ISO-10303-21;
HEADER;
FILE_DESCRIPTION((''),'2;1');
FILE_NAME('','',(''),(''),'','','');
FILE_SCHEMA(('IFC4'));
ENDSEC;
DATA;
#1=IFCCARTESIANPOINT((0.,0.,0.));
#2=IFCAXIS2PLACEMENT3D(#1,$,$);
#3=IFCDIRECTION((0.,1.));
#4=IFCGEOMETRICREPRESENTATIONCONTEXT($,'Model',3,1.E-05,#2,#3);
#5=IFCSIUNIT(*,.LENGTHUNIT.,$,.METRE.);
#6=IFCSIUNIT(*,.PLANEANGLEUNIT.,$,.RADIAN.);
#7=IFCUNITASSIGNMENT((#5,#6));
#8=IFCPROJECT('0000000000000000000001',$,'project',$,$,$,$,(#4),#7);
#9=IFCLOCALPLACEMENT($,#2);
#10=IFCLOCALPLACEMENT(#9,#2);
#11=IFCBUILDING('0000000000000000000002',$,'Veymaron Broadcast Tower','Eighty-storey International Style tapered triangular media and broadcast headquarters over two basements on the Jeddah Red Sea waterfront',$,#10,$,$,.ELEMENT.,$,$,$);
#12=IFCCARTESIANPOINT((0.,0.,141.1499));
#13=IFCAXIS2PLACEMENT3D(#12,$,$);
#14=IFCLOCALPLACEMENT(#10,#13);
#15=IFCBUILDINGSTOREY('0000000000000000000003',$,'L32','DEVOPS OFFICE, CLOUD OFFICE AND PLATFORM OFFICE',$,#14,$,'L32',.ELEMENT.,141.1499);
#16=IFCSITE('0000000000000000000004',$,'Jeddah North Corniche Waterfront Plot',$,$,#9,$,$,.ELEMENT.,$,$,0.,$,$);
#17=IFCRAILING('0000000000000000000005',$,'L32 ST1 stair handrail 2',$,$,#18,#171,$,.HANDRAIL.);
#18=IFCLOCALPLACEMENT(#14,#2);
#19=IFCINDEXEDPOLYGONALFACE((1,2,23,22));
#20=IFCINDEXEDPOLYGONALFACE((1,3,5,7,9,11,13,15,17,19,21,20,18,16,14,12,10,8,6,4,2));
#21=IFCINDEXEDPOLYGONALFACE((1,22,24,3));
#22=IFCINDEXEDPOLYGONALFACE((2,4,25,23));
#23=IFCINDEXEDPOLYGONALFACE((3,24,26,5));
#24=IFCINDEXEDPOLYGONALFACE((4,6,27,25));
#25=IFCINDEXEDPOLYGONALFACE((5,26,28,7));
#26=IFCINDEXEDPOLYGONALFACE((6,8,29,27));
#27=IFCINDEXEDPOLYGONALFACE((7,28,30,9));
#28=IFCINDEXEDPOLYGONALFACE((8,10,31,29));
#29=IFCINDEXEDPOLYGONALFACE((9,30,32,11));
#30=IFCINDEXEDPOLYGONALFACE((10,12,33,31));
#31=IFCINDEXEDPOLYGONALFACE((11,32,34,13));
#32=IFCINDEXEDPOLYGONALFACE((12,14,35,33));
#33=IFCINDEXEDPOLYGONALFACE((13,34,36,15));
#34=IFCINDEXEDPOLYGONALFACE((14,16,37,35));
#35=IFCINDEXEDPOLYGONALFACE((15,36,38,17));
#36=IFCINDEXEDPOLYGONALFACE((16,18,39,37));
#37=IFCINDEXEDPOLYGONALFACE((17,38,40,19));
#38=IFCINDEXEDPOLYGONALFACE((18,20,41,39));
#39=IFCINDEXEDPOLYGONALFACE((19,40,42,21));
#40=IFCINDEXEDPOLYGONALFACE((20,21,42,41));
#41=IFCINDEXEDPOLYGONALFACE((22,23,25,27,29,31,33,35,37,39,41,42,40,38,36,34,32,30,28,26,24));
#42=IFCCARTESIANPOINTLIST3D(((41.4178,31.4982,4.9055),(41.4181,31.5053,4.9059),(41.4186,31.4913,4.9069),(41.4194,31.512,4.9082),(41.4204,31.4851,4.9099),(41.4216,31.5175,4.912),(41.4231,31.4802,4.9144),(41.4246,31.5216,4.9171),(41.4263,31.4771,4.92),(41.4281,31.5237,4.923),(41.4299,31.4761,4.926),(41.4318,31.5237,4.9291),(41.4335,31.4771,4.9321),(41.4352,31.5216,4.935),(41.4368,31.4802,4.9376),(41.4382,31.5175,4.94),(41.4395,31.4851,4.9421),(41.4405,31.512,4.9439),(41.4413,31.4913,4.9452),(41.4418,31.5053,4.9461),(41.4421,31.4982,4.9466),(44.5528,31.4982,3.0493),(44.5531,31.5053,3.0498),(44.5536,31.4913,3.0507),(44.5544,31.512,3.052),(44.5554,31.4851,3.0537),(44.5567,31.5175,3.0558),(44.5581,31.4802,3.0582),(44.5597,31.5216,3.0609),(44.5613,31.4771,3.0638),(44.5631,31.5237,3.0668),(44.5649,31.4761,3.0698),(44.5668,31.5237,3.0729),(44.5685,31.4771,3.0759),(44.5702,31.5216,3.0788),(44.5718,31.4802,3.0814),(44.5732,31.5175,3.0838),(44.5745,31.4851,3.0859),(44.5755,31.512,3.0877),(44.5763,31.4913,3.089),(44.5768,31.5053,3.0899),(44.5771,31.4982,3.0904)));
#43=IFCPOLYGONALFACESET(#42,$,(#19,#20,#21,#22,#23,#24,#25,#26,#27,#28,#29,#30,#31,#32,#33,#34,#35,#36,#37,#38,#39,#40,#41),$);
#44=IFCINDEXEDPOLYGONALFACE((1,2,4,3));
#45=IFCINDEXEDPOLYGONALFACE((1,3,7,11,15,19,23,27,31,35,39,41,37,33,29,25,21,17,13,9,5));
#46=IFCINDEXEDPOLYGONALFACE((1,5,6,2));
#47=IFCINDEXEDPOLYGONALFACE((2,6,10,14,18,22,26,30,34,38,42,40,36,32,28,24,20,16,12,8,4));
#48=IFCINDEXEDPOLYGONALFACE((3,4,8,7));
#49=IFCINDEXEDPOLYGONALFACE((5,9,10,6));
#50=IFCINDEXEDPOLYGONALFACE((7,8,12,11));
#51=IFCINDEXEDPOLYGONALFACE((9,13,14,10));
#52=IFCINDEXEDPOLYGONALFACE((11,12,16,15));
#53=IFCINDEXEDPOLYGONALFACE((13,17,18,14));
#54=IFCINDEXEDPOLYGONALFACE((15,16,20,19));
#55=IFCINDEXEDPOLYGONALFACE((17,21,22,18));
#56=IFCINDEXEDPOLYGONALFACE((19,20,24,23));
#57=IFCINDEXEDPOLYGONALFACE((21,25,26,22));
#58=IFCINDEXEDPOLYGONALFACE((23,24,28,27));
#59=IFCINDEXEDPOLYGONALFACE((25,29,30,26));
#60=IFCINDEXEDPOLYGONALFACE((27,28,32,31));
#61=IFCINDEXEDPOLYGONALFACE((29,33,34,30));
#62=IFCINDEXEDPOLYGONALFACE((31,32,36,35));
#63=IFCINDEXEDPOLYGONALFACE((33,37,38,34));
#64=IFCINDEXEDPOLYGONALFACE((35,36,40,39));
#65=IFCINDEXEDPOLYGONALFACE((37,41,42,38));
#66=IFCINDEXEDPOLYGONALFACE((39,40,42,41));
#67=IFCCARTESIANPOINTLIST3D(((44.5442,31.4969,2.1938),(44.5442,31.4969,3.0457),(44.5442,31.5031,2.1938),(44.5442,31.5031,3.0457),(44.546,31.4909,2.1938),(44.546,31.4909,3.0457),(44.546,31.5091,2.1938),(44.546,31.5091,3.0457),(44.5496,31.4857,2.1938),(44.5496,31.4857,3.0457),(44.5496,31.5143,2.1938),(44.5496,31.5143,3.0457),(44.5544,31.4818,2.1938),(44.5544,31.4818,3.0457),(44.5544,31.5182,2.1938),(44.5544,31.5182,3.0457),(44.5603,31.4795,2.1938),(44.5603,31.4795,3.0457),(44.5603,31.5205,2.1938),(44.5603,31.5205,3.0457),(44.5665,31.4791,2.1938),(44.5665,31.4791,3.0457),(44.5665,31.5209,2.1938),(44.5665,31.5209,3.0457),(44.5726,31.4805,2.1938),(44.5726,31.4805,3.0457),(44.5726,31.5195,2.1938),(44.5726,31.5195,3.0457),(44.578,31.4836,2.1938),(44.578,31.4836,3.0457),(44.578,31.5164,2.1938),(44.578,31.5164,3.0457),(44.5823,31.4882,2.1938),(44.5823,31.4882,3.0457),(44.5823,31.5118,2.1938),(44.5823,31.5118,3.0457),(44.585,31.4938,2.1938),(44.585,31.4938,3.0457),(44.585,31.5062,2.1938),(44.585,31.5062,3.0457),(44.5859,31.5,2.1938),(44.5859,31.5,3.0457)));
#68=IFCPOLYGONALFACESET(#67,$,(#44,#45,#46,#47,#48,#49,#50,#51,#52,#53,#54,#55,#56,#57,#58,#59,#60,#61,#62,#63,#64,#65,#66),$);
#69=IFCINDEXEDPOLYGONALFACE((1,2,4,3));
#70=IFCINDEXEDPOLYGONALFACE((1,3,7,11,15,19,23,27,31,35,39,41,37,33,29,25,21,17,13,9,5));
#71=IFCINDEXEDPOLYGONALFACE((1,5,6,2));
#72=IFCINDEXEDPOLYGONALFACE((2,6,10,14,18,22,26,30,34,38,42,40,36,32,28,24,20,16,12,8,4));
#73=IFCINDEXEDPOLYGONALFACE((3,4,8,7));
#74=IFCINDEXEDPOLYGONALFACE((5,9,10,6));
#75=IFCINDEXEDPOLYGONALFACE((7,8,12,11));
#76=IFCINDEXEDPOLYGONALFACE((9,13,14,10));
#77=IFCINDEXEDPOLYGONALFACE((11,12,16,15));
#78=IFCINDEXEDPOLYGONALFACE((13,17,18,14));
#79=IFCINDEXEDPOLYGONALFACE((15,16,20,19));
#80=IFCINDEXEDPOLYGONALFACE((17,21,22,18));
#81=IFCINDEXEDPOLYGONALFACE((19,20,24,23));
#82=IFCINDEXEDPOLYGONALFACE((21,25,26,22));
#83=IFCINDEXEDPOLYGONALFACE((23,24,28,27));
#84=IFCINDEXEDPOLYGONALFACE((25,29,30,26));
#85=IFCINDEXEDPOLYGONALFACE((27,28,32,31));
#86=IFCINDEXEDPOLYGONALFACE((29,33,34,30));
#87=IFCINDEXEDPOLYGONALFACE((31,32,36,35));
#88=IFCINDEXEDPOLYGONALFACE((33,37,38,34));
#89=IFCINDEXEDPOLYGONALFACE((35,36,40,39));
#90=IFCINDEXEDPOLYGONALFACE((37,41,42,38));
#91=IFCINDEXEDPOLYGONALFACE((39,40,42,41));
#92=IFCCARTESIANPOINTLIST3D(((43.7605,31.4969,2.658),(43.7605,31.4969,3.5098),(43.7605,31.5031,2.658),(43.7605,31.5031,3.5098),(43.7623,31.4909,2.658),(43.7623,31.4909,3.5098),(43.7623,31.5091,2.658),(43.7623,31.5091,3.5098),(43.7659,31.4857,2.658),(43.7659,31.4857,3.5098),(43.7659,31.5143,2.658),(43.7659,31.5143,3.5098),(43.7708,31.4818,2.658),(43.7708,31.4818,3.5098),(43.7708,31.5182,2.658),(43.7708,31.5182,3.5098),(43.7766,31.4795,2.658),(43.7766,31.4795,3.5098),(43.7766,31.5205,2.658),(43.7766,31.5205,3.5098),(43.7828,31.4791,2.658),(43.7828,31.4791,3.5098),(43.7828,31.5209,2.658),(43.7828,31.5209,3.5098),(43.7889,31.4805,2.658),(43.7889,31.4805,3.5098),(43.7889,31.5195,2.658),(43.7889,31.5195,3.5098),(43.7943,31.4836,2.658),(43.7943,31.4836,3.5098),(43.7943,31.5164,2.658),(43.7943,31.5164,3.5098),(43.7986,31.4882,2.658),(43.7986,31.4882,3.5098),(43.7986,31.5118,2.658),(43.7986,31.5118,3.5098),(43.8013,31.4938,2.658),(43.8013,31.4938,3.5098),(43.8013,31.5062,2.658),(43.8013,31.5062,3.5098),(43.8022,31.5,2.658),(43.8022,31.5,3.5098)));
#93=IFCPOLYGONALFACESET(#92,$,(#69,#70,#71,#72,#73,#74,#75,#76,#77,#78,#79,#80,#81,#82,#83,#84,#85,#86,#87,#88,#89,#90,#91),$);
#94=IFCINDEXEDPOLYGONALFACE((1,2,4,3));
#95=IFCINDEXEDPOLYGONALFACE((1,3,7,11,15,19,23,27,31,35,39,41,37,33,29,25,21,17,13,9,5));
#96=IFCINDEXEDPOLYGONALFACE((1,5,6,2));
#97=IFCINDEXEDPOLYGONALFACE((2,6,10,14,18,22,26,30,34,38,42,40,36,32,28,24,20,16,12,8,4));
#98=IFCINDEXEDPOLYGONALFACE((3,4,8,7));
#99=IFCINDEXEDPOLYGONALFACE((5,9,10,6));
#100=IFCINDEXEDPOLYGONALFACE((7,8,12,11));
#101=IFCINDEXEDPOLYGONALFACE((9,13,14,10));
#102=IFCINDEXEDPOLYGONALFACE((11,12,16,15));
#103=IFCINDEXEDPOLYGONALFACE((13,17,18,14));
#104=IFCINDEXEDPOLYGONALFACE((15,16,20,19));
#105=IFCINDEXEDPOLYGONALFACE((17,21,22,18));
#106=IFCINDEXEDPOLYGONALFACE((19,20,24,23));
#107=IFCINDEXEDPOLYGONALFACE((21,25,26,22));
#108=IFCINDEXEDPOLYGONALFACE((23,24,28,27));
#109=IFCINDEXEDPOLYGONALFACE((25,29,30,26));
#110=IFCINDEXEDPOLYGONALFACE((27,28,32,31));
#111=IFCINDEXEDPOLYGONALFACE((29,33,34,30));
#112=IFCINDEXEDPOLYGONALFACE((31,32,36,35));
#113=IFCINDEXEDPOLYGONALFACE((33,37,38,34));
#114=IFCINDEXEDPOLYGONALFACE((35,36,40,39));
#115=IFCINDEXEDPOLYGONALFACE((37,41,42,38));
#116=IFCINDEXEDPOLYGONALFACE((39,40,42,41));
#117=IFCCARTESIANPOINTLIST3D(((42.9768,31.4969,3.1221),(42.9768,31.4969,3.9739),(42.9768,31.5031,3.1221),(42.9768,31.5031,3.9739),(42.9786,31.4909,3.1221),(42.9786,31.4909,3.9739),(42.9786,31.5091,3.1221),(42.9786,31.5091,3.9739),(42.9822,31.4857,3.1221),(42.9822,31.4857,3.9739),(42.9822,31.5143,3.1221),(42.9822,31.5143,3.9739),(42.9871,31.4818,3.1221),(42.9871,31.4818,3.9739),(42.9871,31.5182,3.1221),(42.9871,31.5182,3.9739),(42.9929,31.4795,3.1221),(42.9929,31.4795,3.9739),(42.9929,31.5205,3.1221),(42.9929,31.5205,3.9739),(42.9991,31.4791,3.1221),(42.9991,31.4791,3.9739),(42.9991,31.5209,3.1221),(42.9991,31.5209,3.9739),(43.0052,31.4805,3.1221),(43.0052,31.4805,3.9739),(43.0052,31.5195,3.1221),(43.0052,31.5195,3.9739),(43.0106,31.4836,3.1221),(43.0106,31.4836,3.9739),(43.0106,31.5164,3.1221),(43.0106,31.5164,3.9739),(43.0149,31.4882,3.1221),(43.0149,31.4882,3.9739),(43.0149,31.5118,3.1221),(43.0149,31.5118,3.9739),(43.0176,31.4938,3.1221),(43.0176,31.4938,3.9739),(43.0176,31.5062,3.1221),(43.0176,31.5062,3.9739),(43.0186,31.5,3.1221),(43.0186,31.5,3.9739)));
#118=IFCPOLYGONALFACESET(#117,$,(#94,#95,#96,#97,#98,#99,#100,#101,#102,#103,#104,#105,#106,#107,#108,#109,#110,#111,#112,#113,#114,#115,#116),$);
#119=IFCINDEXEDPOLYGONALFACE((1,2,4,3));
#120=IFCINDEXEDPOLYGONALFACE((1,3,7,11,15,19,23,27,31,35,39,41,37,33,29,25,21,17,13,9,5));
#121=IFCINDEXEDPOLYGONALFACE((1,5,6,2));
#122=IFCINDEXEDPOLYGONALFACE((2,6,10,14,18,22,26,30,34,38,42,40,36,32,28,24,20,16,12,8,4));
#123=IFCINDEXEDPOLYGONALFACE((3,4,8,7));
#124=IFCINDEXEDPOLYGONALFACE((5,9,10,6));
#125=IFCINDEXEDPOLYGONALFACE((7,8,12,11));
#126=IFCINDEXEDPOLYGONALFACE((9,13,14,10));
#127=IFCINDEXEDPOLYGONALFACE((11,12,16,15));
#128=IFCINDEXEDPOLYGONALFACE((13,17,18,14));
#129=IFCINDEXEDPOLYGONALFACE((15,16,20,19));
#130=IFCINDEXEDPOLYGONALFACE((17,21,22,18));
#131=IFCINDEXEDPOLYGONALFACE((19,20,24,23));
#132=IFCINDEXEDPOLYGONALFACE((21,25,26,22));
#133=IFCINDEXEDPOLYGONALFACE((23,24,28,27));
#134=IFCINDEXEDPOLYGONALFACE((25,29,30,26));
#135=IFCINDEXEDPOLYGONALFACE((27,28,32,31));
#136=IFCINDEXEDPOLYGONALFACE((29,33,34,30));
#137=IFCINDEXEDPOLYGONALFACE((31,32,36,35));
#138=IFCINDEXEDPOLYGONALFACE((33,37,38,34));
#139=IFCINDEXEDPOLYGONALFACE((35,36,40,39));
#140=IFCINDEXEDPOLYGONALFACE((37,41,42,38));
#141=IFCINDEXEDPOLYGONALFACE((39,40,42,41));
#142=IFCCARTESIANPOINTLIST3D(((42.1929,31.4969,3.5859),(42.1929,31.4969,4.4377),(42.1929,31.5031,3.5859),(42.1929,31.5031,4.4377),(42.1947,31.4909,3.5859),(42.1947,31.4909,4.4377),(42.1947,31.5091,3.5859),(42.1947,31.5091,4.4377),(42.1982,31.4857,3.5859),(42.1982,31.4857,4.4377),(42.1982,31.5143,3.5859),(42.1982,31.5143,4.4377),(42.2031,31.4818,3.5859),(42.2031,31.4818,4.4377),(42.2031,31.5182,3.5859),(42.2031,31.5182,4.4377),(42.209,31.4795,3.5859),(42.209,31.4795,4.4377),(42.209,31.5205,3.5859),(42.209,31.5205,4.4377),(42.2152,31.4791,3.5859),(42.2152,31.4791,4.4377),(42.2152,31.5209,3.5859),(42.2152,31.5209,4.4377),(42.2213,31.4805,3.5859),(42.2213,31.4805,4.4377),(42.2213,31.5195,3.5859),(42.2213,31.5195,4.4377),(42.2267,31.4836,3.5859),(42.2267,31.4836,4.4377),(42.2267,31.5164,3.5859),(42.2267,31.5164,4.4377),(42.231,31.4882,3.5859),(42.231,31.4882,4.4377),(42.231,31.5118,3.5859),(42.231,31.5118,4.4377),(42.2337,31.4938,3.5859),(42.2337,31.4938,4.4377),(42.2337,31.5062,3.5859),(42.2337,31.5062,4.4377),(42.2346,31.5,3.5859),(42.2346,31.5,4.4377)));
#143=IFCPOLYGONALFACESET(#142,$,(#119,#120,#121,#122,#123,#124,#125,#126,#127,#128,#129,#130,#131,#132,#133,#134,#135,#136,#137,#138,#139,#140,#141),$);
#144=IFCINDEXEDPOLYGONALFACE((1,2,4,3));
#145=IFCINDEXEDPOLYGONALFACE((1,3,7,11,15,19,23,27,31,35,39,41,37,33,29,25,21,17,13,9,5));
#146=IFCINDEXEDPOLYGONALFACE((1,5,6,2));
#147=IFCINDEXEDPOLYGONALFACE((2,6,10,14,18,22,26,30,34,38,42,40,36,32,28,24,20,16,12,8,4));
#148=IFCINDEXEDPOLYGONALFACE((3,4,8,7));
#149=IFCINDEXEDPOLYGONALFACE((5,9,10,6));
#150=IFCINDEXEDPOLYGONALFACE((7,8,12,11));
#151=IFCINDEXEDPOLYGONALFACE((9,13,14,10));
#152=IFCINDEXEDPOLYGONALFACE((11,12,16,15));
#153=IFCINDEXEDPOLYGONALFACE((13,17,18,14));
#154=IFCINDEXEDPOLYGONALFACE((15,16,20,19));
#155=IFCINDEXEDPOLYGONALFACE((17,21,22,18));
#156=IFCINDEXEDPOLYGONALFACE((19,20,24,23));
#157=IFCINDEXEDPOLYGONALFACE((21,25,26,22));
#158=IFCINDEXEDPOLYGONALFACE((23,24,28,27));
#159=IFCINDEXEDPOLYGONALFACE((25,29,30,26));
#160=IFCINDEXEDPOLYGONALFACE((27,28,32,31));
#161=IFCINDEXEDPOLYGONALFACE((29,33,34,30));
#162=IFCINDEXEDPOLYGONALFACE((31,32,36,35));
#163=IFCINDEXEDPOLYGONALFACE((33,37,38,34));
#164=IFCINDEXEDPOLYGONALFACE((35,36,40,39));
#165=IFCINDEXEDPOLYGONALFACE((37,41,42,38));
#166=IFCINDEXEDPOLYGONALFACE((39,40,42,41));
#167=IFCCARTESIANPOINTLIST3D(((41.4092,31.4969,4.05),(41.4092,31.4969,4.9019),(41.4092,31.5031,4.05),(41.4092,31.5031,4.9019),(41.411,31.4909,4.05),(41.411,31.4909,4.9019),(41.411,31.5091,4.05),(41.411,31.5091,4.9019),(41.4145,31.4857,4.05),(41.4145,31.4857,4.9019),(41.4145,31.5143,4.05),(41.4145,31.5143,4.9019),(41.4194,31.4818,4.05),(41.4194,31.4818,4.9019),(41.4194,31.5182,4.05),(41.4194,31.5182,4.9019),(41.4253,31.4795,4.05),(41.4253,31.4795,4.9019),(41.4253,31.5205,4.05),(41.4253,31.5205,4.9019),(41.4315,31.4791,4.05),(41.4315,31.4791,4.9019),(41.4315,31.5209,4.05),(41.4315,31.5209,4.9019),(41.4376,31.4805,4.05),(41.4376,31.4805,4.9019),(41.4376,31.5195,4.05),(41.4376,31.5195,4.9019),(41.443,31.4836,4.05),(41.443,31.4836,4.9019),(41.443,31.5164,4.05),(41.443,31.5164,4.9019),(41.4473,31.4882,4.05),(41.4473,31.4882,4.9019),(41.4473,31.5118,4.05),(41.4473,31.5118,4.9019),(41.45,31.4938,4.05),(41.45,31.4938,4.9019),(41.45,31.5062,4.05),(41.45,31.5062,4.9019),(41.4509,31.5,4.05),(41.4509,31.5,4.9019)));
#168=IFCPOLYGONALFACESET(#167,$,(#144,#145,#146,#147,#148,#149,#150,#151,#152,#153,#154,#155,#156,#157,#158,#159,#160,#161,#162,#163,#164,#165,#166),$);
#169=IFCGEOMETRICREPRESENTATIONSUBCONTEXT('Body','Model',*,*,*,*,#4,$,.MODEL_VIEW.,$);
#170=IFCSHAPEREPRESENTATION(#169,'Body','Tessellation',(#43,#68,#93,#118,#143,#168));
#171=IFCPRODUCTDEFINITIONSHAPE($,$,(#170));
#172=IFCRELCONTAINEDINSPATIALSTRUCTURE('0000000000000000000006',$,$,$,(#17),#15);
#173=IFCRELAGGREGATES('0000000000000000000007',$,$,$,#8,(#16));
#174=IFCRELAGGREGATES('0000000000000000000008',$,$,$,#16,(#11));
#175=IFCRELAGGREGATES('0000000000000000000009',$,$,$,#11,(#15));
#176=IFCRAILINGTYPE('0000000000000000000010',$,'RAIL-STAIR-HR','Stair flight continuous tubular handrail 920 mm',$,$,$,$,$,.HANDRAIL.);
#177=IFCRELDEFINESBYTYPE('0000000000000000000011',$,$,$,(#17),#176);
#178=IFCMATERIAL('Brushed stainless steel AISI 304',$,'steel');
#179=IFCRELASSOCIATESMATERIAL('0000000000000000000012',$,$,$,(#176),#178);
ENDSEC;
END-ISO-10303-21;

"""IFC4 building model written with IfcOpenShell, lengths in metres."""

from ifc_helpers import new_model, si_unit, direction, frame, origin, origin_2d, place, context, subcontext, project, spatial, circle, extrude, material, type_object, element, save


model = new_model("IFC4")

# Units and contexts
model_context = context("Model", 3, precision=1e-05, world=origin(), true_north=direction((0.0, 1.0)))
body_context = subcontext(model_context, "Body", "Model", "MODEL_VIEW")
ifc_project = project(units=[si_unit("LENGTHUNIT", "METRE"), si_unit("PLANEANGLEUNIT", "RADIAN")], contexts=[model_context])

# Site, building, storey
site_placement = place(None, origin())
site = spatial("IfcSite", under=ifc_project, at=site_placement, Name="Jeddah North Corniche Waterfront Plot", CompositionType="ELEMENT", RefElevation=0.0)
building_placement = place(site_placement, origin())
building = spatial("IfcBuilding", under=site, at=building_placement, Name="Veymaron Broadcast Tower", Description="Eighty-storey International Style tapered triangular media and broadcast headquarters over two basements on the Jeddah Red Sea waterfront", CompositionType="ELEMENT")
storey_placement = place(building_placement, frame((0.0, 0.0, 141.1499)))
storey = spatial("IfcBuildingStorey", under=building, at=storey_placement, Name="L32", Description="DEVOPS OFFICE, CLOUD OFFICE AND PLATFORM OFFICE", LongName="L32", CompositionType="ELEMENT", Elevation=141.1499)

# Railing
ifc_material_1 = material(Name="Brushed stainless steel AISI 304", Category="steel")
railing_type_1 = type_object("IfcRailingType", Name="RAIL-STAIR-HR", Description="Stair flight continuous tubular handrail 920 mm", PredefinedType="HANDRAIL", material=ifc_material_1)
railing_1_placement = place(storey_placement, frame((44.5649, 31.5, 2.1938)))
element("IfcRailing", 1, at=railing_1_placement, inside=storey, type_object=railing_type_1, Name="L32 ST1 stair handrail 2", PredefinedType="HANDRAIL", context=body_context, shape_type="SweptSolid", body=[
    extrude(circle(Radius=0.0239, at=origin_2d()), frame((0.0, 0.0, 0.876), z_axis=(-0.860482, 0.0, 0.509481), x_axis=(0.0, -1.0, 0.0)), (0.0, 0.0, 1.0), 3.6433),
    extrude(circle(Radius=0.021, at=origin_2d()), origin(), (0.0, 0.0, 1.0), 0.8518),
    extrude(circle(Radius=0.021, at=origin_2d()), frame((-0.7837, 0.0, 0.4641)), (0.0, 0.0, 1.0), 0.8518),
    extrude(circle(Radius=0.021, at=origin_2d()), frame((-1.5674, 0.0, 0.9282)), (0.0, 0.0, 1.0), 0.8518),
    extrude(circle(Radius=0.021, at=origin_2d()), frame((-2.3513, 0.0, 1.3921)), (0.0, 0.0, 1.0), 0.8518),
    extrude(circle(Radius=0.021, at=origin_2d()), frame((-3.135, 0.0, 1.8562)), (0.0, 0.0, 1.0), 0.8518),
])

save(model, "model.ifc")
